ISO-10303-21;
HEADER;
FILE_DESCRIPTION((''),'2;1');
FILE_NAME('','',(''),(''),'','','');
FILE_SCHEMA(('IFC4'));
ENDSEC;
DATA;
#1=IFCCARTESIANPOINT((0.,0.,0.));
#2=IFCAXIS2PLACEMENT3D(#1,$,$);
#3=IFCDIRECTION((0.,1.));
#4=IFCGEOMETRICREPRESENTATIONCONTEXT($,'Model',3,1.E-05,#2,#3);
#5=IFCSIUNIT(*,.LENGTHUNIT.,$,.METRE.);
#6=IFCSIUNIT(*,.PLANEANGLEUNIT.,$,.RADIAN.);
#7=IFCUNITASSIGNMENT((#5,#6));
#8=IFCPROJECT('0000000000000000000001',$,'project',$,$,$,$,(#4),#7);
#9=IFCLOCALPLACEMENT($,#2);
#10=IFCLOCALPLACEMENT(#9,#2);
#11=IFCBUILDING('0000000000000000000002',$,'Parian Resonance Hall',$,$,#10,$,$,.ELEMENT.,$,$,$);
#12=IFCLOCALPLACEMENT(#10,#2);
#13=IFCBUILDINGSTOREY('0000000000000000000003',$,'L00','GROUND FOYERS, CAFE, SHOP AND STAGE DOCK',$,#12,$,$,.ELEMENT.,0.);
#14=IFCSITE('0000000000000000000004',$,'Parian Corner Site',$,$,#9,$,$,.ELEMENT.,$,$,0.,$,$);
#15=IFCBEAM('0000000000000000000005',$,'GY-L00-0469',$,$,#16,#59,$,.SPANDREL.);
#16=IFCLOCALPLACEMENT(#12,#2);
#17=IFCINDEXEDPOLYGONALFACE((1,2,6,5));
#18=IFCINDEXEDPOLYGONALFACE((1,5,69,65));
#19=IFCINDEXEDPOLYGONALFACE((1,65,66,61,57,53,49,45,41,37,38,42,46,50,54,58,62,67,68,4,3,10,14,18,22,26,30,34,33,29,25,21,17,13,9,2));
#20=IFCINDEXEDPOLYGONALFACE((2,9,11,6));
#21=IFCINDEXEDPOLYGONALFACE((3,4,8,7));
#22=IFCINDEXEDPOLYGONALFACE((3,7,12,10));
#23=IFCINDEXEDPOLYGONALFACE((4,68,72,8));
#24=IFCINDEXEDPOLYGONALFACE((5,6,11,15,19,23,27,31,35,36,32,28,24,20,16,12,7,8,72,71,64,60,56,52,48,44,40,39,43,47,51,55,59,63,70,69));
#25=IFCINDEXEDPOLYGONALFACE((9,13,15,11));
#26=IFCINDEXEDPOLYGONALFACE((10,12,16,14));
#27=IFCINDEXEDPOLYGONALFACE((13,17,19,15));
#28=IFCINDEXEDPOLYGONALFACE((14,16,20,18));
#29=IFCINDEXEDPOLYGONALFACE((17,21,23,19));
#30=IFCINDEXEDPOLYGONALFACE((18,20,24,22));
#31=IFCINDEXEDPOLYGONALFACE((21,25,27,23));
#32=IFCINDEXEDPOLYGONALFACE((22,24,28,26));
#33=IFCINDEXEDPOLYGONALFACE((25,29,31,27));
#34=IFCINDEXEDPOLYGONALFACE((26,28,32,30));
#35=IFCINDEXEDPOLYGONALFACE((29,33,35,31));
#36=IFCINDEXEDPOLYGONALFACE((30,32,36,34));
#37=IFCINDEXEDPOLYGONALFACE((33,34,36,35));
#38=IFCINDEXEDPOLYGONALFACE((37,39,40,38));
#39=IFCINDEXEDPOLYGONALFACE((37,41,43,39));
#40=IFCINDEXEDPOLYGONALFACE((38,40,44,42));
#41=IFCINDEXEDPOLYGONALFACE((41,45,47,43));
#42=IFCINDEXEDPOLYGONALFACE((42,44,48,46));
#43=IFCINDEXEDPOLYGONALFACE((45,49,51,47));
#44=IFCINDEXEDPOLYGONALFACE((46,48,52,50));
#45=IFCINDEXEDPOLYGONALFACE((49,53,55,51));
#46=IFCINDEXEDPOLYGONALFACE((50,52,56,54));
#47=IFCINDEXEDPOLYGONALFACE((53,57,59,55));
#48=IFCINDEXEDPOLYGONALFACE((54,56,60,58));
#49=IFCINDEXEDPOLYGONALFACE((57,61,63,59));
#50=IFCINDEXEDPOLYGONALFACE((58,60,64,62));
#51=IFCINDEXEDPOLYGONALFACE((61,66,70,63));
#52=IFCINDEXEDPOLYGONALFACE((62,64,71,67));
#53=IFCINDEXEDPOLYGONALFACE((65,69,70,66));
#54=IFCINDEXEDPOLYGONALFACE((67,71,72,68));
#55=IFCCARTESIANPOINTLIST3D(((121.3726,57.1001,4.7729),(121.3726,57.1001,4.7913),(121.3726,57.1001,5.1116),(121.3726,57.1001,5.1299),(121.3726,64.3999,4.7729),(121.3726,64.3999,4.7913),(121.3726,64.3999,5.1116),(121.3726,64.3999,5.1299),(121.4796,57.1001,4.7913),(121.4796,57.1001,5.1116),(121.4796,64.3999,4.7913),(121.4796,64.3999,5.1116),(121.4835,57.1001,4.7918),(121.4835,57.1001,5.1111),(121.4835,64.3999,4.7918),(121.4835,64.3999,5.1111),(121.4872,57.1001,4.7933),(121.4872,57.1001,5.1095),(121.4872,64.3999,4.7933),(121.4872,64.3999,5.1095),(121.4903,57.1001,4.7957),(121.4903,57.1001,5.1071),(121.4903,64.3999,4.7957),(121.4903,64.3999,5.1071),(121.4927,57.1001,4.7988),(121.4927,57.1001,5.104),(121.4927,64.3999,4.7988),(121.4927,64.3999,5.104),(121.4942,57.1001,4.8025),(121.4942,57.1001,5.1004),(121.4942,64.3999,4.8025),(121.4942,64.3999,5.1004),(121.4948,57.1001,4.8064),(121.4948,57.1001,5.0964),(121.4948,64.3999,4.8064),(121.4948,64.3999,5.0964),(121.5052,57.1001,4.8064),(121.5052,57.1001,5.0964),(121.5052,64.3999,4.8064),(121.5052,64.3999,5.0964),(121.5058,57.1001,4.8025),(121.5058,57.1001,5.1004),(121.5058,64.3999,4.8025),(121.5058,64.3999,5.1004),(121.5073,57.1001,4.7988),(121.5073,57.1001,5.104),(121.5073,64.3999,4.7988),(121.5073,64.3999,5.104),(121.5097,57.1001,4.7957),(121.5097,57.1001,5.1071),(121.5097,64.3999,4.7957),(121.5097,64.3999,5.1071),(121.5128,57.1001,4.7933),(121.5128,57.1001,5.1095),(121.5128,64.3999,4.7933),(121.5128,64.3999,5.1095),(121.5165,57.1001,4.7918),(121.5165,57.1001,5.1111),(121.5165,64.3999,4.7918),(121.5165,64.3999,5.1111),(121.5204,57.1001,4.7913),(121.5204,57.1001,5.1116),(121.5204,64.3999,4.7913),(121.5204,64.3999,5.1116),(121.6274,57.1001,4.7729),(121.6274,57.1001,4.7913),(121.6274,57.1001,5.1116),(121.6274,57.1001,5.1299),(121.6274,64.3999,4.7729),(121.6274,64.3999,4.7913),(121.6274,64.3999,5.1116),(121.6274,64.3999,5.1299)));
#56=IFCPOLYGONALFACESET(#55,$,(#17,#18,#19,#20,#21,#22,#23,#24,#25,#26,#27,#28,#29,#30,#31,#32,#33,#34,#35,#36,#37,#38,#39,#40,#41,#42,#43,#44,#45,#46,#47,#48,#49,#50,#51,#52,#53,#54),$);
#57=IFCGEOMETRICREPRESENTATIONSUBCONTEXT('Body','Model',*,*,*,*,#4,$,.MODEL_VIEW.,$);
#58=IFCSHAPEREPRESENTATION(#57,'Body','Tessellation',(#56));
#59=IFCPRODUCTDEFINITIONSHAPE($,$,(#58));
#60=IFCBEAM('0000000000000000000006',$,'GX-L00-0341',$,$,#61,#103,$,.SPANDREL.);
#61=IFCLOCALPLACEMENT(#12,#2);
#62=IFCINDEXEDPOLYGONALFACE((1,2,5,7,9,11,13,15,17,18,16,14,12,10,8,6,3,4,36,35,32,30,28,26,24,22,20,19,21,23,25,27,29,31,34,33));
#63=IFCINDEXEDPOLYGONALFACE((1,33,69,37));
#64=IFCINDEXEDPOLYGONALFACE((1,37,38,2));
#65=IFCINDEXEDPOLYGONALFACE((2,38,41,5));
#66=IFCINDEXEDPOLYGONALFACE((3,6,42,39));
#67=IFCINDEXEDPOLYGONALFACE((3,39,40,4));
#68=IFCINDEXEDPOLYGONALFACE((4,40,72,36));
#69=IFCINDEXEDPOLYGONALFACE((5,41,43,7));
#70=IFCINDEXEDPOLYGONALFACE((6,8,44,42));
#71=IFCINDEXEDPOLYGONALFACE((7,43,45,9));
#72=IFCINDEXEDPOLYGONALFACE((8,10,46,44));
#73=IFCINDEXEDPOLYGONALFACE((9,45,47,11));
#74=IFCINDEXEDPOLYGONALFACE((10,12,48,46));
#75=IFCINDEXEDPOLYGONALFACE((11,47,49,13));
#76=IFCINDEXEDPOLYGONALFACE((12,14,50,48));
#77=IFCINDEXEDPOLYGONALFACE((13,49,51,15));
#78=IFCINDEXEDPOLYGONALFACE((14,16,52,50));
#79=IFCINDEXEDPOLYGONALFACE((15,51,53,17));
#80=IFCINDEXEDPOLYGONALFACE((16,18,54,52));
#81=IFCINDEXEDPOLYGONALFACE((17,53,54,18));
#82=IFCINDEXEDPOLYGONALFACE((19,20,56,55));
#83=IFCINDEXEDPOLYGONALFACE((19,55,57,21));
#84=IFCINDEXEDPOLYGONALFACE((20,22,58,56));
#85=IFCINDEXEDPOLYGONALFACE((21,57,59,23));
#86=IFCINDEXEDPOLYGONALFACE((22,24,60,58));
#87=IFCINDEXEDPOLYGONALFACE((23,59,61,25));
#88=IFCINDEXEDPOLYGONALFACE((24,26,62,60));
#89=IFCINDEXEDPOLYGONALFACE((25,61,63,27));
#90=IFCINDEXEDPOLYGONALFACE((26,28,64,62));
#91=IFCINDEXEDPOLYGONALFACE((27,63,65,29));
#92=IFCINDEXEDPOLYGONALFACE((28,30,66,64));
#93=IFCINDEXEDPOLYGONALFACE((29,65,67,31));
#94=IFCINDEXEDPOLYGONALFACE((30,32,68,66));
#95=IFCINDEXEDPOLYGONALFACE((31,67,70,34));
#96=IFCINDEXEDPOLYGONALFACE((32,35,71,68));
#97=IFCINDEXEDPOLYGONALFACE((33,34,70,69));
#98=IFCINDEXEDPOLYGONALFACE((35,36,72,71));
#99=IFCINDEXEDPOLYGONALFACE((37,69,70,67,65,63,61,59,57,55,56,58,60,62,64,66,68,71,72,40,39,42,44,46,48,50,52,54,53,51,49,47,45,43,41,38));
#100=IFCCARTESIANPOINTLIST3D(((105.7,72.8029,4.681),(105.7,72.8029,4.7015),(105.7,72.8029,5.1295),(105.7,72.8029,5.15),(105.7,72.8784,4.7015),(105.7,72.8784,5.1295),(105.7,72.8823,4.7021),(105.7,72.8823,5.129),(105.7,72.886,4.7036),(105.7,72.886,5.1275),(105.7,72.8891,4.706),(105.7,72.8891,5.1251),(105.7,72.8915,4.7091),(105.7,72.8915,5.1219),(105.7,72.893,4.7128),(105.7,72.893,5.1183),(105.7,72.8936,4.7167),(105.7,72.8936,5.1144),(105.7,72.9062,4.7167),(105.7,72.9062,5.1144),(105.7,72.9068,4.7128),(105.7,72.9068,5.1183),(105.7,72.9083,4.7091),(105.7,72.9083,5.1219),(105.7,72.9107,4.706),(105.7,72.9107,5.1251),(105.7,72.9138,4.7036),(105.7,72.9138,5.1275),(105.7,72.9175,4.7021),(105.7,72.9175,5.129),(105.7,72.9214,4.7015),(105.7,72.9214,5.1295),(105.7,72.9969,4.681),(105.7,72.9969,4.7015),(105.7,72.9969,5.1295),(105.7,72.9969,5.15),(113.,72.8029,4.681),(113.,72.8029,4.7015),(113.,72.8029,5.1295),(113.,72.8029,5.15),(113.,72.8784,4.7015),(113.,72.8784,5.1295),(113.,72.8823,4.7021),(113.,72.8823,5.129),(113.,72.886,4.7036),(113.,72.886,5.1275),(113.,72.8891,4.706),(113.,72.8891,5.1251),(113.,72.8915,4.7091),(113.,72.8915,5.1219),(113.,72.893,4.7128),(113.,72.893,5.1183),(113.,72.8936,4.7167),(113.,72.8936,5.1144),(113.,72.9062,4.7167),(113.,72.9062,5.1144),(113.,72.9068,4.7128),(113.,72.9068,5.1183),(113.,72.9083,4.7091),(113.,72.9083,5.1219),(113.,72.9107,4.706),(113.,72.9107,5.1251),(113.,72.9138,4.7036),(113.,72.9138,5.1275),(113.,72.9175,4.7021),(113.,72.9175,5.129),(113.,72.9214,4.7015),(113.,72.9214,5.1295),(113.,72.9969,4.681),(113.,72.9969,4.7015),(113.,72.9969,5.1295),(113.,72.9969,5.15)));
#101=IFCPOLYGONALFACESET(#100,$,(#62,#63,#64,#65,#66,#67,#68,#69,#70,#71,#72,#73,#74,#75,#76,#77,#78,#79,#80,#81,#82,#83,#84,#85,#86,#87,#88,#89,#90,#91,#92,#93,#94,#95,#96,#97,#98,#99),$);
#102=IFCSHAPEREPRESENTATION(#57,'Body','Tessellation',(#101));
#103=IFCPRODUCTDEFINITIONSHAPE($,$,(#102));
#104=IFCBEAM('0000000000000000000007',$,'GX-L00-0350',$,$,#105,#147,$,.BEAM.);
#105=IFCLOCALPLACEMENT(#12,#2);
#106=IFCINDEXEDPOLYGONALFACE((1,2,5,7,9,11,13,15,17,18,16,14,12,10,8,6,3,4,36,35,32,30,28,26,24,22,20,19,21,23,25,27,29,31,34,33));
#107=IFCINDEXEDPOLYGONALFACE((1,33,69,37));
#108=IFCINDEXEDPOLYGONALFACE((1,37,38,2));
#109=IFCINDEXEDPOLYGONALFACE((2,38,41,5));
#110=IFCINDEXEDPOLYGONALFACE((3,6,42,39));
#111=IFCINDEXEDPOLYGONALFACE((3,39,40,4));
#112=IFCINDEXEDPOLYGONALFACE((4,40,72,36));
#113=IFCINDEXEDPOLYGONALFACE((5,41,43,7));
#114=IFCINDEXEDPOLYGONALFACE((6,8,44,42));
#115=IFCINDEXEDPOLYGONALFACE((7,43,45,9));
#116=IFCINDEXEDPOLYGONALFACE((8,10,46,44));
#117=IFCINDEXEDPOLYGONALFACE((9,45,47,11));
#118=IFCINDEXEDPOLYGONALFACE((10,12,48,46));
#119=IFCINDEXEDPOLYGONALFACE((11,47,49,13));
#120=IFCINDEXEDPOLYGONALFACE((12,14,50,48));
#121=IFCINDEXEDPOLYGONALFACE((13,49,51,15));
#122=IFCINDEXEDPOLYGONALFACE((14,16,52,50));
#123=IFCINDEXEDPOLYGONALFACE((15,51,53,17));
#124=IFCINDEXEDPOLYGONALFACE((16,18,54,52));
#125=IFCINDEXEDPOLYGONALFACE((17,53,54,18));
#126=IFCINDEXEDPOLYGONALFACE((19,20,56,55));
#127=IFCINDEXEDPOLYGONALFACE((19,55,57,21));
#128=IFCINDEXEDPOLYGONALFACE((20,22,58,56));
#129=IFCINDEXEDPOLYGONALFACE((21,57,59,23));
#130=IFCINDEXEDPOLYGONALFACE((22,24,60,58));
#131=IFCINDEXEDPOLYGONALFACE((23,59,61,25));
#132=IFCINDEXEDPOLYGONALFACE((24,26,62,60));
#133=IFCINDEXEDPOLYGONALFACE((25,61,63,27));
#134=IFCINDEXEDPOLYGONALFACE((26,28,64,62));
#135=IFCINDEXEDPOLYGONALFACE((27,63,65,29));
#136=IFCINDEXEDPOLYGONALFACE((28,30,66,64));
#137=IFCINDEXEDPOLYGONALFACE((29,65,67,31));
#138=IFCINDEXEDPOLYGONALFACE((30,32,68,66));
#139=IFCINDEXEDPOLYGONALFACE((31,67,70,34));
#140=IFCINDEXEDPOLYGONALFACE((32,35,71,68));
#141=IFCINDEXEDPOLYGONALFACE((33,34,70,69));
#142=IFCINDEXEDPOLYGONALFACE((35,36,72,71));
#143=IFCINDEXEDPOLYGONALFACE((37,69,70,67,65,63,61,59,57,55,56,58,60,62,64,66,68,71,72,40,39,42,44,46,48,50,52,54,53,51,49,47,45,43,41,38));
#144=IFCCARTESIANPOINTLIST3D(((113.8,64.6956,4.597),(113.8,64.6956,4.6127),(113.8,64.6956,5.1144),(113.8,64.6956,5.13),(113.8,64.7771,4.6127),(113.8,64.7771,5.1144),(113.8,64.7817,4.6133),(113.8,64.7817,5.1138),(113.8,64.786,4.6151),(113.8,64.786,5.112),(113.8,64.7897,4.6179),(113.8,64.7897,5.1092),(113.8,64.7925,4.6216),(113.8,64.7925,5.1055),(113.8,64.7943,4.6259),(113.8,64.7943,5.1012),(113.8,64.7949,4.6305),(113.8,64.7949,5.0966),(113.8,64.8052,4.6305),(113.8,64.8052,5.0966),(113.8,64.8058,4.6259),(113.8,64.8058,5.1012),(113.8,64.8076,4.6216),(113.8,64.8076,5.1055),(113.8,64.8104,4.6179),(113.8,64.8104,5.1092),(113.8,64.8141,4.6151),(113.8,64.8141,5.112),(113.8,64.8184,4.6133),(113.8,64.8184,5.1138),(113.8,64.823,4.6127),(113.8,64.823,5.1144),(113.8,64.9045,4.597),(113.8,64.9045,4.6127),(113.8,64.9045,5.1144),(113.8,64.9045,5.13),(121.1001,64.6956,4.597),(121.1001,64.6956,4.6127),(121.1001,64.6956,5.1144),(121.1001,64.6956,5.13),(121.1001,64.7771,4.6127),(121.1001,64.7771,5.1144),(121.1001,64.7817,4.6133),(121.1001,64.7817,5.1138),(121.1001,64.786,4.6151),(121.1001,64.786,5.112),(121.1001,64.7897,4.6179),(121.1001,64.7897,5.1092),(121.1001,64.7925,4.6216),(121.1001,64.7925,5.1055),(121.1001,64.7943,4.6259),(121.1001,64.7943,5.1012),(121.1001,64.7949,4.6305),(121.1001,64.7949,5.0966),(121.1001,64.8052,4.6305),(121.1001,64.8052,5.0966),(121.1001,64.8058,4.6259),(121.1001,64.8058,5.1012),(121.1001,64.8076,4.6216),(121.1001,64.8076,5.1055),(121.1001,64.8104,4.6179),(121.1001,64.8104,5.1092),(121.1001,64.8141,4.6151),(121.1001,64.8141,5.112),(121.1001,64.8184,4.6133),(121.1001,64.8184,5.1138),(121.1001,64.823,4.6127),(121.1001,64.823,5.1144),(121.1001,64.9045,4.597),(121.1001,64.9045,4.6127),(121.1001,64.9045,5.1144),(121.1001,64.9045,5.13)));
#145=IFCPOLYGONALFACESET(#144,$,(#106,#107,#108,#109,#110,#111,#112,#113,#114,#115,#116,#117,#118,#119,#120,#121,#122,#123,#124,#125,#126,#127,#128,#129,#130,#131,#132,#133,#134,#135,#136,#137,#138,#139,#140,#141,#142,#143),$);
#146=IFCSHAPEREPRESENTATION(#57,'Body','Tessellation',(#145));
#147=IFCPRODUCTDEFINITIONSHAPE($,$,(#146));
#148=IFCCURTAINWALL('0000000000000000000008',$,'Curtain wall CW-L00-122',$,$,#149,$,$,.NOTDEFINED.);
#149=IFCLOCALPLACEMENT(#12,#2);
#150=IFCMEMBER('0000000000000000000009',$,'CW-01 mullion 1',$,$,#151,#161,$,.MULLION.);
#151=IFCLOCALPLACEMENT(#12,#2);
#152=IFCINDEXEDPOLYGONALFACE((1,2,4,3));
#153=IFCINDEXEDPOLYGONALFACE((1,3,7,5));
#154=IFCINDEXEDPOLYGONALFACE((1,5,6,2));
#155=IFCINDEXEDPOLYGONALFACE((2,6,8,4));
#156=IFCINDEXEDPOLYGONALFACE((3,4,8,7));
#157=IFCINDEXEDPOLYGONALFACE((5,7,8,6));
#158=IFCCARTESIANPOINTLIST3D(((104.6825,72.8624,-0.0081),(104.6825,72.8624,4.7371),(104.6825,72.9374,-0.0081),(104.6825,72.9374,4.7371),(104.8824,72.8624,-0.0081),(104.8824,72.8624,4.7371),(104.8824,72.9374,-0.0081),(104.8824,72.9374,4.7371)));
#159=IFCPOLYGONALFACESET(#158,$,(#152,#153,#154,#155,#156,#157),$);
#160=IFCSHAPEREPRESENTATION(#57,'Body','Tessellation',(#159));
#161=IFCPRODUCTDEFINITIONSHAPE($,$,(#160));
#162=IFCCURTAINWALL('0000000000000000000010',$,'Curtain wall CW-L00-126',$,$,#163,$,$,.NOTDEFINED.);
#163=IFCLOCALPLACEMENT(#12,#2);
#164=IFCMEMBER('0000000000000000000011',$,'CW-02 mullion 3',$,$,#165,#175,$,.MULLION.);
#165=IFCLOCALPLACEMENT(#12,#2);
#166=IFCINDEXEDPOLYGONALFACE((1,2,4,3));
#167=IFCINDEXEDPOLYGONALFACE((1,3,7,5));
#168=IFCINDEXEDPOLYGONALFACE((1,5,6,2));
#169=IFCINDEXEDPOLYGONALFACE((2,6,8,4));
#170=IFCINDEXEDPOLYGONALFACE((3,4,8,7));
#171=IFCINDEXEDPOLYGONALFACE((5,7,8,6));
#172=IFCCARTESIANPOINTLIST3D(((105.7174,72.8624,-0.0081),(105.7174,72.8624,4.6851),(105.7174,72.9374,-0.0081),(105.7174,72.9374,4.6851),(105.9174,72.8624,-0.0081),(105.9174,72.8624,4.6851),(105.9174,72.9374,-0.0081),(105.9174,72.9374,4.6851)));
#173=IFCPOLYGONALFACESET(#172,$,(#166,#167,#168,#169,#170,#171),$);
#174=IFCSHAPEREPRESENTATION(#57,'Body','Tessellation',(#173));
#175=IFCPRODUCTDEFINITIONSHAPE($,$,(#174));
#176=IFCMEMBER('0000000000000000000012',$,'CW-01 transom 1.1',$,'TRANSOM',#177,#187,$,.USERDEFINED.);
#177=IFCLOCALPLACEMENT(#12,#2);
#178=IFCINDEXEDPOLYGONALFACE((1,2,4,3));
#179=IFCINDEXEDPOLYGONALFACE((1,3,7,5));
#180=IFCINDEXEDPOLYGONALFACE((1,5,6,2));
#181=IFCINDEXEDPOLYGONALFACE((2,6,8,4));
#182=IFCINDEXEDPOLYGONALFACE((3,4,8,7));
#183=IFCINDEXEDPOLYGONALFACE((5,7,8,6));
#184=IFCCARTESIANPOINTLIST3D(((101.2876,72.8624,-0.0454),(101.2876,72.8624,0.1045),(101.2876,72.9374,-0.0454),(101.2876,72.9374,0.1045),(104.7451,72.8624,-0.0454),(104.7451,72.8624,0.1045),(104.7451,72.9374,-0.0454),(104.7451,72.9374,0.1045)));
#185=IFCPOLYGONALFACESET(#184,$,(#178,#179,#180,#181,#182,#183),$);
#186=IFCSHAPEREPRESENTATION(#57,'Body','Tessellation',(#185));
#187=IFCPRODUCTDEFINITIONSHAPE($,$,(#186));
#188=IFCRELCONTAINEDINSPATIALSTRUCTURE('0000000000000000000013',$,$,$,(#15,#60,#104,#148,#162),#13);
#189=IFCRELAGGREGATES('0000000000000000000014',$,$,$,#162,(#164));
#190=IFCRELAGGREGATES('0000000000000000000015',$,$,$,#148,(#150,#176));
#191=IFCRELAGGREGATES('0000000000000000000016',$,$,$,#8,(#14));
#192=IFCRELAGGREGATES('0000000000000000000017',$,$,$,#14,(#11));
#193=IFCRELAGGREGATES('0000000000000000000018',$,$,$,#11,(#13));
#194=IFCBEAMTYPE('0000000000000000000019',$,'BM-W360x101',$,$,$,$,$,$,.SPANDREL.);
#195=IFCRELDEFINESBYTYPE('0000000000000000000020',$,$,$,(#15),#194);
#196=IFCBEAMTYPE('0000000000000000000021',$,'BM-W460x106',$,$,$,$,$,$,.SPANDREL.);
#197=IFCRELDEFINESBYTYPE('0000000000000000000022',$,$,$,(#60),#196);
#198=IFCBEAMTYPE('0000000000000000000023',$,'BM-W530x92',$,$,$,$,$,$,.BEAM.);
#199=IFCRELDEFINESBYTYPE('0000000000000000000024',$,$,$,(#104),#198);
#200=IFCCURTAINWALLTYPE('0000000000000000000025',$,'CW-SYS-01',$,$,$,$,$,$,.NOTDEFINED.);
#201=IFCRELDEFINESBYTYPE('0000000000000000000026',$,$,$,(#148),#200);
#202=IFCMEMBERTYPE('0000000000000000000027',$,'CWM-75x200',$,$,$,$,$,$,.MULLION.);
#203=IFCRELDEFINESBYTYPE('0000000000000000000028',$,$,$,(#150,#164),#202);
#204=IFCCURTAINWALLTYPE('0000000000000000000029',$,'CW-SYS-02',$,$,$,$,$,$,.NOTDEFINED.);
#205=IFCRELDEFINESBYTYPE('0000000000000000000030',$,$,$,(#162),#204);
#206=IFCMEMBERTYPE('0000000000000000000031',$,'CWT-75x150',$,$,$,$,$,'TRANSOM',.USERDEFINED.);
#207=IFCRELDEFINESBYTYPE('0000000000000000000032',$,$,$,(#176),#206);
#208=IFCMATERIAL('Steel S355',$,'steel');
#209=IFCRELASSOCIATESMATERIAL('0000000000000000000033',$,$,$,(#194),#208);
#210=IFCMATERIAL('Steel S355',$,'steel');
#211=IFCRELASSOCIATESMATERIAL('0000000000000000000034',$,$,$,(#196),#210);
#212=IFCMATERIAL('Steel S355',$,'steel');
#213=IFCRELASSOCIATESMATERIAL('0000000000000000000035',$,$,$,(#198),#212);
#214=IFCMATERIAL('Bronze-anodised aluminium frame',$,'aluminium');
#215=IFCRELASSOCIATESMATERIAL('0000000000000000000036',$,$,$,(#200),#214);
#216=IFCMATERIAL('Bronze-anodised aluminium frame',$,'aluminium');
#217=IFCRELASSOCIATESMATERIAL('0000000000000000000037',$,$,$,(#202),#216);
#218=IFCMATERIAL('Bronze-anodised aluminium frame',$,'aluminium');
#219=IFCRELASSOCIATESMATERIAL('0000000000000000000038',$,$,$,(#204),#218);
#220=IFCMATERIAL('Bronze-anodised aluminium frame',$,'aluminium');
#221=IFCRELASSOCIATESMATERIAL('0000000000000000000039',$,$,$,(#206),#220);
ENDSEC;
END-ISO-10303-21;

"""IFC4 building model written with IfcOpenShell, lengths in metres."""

from ifc_helpers import new_model, si_unit, direction, frame, origin, origin_2d, place, context, subcontext, project, spatial, rectangle, i_section, extrude, material, material_profile, profile_set, type_object, element, aggregate, save


model = new_model("IFC4")

# Units and contexts
model_context = context("Model", 3, precision=1e-05, world=origin(), true_north=direction((0.0, 1.0)))
body_context = subcontext(model_context, "Body", "Model", "MODEL_VIEW")
ifc_project = project(units=[si_unit("LENGTHUNIT", "METRE"), si_unit("PLANEANGLEUNIT", "RADIAN")], contexts=[model_context])

# Site, building, storey
site_placement = place(None, origin())
site = spatial("IfcSite", under=ifc_project, at=site_placement, Name="Parian Corner Site", CompositionType="ELEMENT", RefElevation=0.0)
building_placement = place(site_placement, origin())
building = spatial("IfcBuilding", under=site, at=building_placement, Name="Parian Resonance Hall", CompositionType="ELEMENT")
storey_placement = place(building_placement, origin())
storey = spatial("IfcBuildingStorey", under=building, at=storey_placement, Name="L00", Description="GROUND FOYERS, CAFE, SHOP AND STAGE DOCK", CompositionType="ELEMENT", Elevation=0.0)

# Beams
ifc_material_1 = material(Name="Steel S355", Category="steel")
ifc_material_profile_1 = material_profile(ifc_material_1, i_section(OverallWidth=0.2549, OverallDepth=0.3569, WebThickness=0.0105, FlangeThickness=0.0183, FilletRadius=0.0151, at=origin_2d()), Name="W360x101")
ifc_profile_set_1 = profile_set([ifc_material_profile_1], Name="Steel S355")
beam_type_1 = type_object("IfcBeamType", Name="BM-W360x101", PredefinedType="SPANDREL", material=ifc_profile_set_1)
beam_1_placement = place(storey_placement, frame((121.5, 57.1001, 4.9514), z_axis=(0.0, 1.0, 0.0), x_axis=(-1.0, 0.0, 0.0)))
element("IfcBeam", 1, at=beam_1_placement, inside=storey, type_object=beam_type_1, Name="GY-L00-0469", PredefinedType="SPANDREL", context=body_context, shape_type="SweptSolid", body=[
    extrude(i_section(OverallWidth=0.2549, OverallDepth=0.3569, WebThickness=0.0105, FlangeThickness=0.0183, FilletRadius=0.0151, at=origin_2d()), origin(), (0.0, 0.0, 1.0), 7.2998),
])
ifc_material_2 = material(Name="Steel S355", Category="steel")
ifc_material_profile_2 = material_profile(ifc_material_2, i_section(OverallWidth=0.1941, OverallDepth=0.469, WebThickness=0.0127, FlangeThickness=0.0205, FilletRadius=0.0151, at=origin_2d()), Name="W460x106")
ifc_profile_set_2 = profile_set([ifc_material_profile_2], Name="Steel S355")
beam_type_2 = type_object("IfcBeamType", Name="BM-W460x106", PredefinedType="SPANDREL", material=ifc_profile_set_2)
beam_2_placement = place(storey_placement, frame((105.7, 72.8999, 4.9155), z_axis=(1.0, 0.0, 0.0), x_axis=(0.0, 1.0, 0.0)))
element("IfcBeam", 2, at=beam_2_placement, inside=storey, type_object=beam_type_2, Name="GX-L00-0341", PredefinedType="SPANDREL", context=body_context, shape_type="SweptSolid", body=[
    extrude(i_section(OverallWidth=0.1941, OverallDepth=0.469, WebThickness=0.0127, FlangeThickness=0.0205, FilletRadius=0.0151, at=origin_2d()), origin(), (0.0, 0.0, 1.0), 7.3),
])
ifc_material_3 = material(Name="Steel S355", Category="steel")
ifc_material_profile_3 = material_profile(ifc_material_3, i_section(OverallWidth=0.209, OverallDepth=0.533, WebThickness=0.0103, FlangeThickness=0.0156, FilletRadius=0.0178, at=origin_2d()), Name="W530x92")
ifc_profile_set_3 = profile_set([ifc_material_profile_3], Name="Steel S355")
beam_type_3 = type_object("IfcBeamType", Name="BM-W530x92", PredefinedType="BEAM", material=ifc_profile_set_3)
beam_3_placement = place(storey_placement, frame((113.8, 64.8, 4.8635), z_axis=(1.0, 0.0, 0.0), x_axis=(0.0, 1.0, 0.0)))
element("IfcBeam", 3, at=beam_3_placement, inside=storey, type_object=beam_type_3, Name="GX-L00-0350", PredefinedType="BEAM", context=body_context, shape_type="SweptSolid", body=[
    extrude(i_section(OverallWidth=0.209, OverallDepth=0.533, WebThickness=0.0103, FlangeThickness=0.0156, FilletRadius=0.0178, at=origin_2d()), origin(), (0.0, 0.0, 1.0), 7.3),
])

# Curtain walls, members
ifc_material_4 = material(Name="Bronze-anodised aluminium frame", Category="aluminium")
curtain_wall_type_1 = type_object("IfcCurtainWallType", Name="CW-SYS-01", PredefinedType="NOTDEFINED", material=ifc_material_4)
curtain_wall_1_placement = place(storey_placement, origin())
curtain_wall_1 = element("IfcCurtainWall", 4, at=curtain_wall_1_placement, inside=storey, type_object=curtain_wall_type_1, Name="Curtain wall CW-L00-122", PredefinedType="NOTDEFINED")
ifc_material_5 = material(Name="Bronze-anodised aluminium frame", Category="aluminium")
ifc_material_profile_4 = material_profile(ifc_material_5, rectangle(XDim=0.075, YDim=0.2, at=origin_2d()), Name="CWM-75x200")
ifc_profile_set_4 = profile_set([ifc_material_profile_4], Name="Bronze-anodised aluminium frame")
member_type_1 = type_object("IfcMemberType", Name="CWM-75x200", PredefinedType="MULLION", material=ifc_profile_set_4)
member_1_placement = place(storey_placement, frame((104.7825, 72.8999, -0.0081), z_axis=(0.0, 0.0, 1.0), x_axis=(0.0, -1.0, 0.0)))
member_1 = element("IfcMember", 5, at=member_1_placement, type_object=member_type_1, Name="CW-01 mullion 1", PredefinedType="MULLION", context=body_context, shape_type="SweptSolid", body=[
    extrude(rectangle(XDim=0.075, YDim=0.2, at=origin_2d()), origin(), (0.0, 0.0, 1.0), 4.7451),
])
ifc_material_6 = material(Name="Bronze-anodised aluminium frame", Category="aluminium")
curtain_wall_type_2 = type_object("IfcCurtainWallType", Name="CW-SYS-02", PredefinedType="NOTDEFINED", material=ifc_material_6)
curtain_wall_2_placement = place(storey_placement, origin())
curtain_wall_2 = element("IfcCurtainWall", 6, at=curtain_wall_2_placement, inside=storey, type_object=curtain_wall_type_2, Name="Curtain wall CW-L00-126", PredefinedType="NOTDEFINED")
member_2_placement = place(storey_placement, frame((105.8174, 72.8999, -0.0081), z_axis=(0.0, 0.0, 1.0), x_axis=(0.0, -1.0, 0.0)))
member_2 = element("IfcMember", 7, at=member_2_placement, type_object=member_type_1, Name="CW-02 mullion 3", PredefinedType="MULLION", context=body_context, shape_type="SweptSolid", body=[
    extrude(rectangle(XDim=0.075, YDim=0.2, at=origin_2d()), origin(), (0.0, 0.0, 1.0), 4.6931),
])

# Member
ifc_material_7 = material(Name="Bronze-anodised aluminium frame", Category="aluminium")
ifc_material_profile_5 = material_profile(ifc_material_7, rectangle(XDim=0.075, YDim=0.1499, at=origin_2d()), Name="CWT-75x150")
ifc_profile_set_5 = profile_set([ifc_material_profile_5], Name="Bronze-anodised aluminium frame")
member_type_2 = type_object("IfcMemberType", Name="CWT-75x150", ElementType="TRANSOM", PredefinedType="USERDEFINED", material=ifc_profile_set_5)
member_3_placement = place(storey_placement, frame((104.7451, 72.8999, 0.0295), z_axis=(-1.0, 0.0, 0.0), x_axis=(0.0, -1.0, 0.0)))
member_3 = element("IfcMember", 8, at=member_3_placement, type_object=member_type_2, Name="CW-01 transom 1.1", ObjectType="TRANSOM", PredefinedType="USERDEFINED", context=body_context, shape_type="SweptSolid", body=[
    extrude(rectangle(XDim=0.075, YDim=0.1499, at=origin_2d()), origin(), (0.0, 0.0, 1.0), 3.4575),
])

aggregate(curtain_wall_2, [member_2])
aggregate(curtain_wall_1, [member_1, member_3])

save(model, "model.ifc")
